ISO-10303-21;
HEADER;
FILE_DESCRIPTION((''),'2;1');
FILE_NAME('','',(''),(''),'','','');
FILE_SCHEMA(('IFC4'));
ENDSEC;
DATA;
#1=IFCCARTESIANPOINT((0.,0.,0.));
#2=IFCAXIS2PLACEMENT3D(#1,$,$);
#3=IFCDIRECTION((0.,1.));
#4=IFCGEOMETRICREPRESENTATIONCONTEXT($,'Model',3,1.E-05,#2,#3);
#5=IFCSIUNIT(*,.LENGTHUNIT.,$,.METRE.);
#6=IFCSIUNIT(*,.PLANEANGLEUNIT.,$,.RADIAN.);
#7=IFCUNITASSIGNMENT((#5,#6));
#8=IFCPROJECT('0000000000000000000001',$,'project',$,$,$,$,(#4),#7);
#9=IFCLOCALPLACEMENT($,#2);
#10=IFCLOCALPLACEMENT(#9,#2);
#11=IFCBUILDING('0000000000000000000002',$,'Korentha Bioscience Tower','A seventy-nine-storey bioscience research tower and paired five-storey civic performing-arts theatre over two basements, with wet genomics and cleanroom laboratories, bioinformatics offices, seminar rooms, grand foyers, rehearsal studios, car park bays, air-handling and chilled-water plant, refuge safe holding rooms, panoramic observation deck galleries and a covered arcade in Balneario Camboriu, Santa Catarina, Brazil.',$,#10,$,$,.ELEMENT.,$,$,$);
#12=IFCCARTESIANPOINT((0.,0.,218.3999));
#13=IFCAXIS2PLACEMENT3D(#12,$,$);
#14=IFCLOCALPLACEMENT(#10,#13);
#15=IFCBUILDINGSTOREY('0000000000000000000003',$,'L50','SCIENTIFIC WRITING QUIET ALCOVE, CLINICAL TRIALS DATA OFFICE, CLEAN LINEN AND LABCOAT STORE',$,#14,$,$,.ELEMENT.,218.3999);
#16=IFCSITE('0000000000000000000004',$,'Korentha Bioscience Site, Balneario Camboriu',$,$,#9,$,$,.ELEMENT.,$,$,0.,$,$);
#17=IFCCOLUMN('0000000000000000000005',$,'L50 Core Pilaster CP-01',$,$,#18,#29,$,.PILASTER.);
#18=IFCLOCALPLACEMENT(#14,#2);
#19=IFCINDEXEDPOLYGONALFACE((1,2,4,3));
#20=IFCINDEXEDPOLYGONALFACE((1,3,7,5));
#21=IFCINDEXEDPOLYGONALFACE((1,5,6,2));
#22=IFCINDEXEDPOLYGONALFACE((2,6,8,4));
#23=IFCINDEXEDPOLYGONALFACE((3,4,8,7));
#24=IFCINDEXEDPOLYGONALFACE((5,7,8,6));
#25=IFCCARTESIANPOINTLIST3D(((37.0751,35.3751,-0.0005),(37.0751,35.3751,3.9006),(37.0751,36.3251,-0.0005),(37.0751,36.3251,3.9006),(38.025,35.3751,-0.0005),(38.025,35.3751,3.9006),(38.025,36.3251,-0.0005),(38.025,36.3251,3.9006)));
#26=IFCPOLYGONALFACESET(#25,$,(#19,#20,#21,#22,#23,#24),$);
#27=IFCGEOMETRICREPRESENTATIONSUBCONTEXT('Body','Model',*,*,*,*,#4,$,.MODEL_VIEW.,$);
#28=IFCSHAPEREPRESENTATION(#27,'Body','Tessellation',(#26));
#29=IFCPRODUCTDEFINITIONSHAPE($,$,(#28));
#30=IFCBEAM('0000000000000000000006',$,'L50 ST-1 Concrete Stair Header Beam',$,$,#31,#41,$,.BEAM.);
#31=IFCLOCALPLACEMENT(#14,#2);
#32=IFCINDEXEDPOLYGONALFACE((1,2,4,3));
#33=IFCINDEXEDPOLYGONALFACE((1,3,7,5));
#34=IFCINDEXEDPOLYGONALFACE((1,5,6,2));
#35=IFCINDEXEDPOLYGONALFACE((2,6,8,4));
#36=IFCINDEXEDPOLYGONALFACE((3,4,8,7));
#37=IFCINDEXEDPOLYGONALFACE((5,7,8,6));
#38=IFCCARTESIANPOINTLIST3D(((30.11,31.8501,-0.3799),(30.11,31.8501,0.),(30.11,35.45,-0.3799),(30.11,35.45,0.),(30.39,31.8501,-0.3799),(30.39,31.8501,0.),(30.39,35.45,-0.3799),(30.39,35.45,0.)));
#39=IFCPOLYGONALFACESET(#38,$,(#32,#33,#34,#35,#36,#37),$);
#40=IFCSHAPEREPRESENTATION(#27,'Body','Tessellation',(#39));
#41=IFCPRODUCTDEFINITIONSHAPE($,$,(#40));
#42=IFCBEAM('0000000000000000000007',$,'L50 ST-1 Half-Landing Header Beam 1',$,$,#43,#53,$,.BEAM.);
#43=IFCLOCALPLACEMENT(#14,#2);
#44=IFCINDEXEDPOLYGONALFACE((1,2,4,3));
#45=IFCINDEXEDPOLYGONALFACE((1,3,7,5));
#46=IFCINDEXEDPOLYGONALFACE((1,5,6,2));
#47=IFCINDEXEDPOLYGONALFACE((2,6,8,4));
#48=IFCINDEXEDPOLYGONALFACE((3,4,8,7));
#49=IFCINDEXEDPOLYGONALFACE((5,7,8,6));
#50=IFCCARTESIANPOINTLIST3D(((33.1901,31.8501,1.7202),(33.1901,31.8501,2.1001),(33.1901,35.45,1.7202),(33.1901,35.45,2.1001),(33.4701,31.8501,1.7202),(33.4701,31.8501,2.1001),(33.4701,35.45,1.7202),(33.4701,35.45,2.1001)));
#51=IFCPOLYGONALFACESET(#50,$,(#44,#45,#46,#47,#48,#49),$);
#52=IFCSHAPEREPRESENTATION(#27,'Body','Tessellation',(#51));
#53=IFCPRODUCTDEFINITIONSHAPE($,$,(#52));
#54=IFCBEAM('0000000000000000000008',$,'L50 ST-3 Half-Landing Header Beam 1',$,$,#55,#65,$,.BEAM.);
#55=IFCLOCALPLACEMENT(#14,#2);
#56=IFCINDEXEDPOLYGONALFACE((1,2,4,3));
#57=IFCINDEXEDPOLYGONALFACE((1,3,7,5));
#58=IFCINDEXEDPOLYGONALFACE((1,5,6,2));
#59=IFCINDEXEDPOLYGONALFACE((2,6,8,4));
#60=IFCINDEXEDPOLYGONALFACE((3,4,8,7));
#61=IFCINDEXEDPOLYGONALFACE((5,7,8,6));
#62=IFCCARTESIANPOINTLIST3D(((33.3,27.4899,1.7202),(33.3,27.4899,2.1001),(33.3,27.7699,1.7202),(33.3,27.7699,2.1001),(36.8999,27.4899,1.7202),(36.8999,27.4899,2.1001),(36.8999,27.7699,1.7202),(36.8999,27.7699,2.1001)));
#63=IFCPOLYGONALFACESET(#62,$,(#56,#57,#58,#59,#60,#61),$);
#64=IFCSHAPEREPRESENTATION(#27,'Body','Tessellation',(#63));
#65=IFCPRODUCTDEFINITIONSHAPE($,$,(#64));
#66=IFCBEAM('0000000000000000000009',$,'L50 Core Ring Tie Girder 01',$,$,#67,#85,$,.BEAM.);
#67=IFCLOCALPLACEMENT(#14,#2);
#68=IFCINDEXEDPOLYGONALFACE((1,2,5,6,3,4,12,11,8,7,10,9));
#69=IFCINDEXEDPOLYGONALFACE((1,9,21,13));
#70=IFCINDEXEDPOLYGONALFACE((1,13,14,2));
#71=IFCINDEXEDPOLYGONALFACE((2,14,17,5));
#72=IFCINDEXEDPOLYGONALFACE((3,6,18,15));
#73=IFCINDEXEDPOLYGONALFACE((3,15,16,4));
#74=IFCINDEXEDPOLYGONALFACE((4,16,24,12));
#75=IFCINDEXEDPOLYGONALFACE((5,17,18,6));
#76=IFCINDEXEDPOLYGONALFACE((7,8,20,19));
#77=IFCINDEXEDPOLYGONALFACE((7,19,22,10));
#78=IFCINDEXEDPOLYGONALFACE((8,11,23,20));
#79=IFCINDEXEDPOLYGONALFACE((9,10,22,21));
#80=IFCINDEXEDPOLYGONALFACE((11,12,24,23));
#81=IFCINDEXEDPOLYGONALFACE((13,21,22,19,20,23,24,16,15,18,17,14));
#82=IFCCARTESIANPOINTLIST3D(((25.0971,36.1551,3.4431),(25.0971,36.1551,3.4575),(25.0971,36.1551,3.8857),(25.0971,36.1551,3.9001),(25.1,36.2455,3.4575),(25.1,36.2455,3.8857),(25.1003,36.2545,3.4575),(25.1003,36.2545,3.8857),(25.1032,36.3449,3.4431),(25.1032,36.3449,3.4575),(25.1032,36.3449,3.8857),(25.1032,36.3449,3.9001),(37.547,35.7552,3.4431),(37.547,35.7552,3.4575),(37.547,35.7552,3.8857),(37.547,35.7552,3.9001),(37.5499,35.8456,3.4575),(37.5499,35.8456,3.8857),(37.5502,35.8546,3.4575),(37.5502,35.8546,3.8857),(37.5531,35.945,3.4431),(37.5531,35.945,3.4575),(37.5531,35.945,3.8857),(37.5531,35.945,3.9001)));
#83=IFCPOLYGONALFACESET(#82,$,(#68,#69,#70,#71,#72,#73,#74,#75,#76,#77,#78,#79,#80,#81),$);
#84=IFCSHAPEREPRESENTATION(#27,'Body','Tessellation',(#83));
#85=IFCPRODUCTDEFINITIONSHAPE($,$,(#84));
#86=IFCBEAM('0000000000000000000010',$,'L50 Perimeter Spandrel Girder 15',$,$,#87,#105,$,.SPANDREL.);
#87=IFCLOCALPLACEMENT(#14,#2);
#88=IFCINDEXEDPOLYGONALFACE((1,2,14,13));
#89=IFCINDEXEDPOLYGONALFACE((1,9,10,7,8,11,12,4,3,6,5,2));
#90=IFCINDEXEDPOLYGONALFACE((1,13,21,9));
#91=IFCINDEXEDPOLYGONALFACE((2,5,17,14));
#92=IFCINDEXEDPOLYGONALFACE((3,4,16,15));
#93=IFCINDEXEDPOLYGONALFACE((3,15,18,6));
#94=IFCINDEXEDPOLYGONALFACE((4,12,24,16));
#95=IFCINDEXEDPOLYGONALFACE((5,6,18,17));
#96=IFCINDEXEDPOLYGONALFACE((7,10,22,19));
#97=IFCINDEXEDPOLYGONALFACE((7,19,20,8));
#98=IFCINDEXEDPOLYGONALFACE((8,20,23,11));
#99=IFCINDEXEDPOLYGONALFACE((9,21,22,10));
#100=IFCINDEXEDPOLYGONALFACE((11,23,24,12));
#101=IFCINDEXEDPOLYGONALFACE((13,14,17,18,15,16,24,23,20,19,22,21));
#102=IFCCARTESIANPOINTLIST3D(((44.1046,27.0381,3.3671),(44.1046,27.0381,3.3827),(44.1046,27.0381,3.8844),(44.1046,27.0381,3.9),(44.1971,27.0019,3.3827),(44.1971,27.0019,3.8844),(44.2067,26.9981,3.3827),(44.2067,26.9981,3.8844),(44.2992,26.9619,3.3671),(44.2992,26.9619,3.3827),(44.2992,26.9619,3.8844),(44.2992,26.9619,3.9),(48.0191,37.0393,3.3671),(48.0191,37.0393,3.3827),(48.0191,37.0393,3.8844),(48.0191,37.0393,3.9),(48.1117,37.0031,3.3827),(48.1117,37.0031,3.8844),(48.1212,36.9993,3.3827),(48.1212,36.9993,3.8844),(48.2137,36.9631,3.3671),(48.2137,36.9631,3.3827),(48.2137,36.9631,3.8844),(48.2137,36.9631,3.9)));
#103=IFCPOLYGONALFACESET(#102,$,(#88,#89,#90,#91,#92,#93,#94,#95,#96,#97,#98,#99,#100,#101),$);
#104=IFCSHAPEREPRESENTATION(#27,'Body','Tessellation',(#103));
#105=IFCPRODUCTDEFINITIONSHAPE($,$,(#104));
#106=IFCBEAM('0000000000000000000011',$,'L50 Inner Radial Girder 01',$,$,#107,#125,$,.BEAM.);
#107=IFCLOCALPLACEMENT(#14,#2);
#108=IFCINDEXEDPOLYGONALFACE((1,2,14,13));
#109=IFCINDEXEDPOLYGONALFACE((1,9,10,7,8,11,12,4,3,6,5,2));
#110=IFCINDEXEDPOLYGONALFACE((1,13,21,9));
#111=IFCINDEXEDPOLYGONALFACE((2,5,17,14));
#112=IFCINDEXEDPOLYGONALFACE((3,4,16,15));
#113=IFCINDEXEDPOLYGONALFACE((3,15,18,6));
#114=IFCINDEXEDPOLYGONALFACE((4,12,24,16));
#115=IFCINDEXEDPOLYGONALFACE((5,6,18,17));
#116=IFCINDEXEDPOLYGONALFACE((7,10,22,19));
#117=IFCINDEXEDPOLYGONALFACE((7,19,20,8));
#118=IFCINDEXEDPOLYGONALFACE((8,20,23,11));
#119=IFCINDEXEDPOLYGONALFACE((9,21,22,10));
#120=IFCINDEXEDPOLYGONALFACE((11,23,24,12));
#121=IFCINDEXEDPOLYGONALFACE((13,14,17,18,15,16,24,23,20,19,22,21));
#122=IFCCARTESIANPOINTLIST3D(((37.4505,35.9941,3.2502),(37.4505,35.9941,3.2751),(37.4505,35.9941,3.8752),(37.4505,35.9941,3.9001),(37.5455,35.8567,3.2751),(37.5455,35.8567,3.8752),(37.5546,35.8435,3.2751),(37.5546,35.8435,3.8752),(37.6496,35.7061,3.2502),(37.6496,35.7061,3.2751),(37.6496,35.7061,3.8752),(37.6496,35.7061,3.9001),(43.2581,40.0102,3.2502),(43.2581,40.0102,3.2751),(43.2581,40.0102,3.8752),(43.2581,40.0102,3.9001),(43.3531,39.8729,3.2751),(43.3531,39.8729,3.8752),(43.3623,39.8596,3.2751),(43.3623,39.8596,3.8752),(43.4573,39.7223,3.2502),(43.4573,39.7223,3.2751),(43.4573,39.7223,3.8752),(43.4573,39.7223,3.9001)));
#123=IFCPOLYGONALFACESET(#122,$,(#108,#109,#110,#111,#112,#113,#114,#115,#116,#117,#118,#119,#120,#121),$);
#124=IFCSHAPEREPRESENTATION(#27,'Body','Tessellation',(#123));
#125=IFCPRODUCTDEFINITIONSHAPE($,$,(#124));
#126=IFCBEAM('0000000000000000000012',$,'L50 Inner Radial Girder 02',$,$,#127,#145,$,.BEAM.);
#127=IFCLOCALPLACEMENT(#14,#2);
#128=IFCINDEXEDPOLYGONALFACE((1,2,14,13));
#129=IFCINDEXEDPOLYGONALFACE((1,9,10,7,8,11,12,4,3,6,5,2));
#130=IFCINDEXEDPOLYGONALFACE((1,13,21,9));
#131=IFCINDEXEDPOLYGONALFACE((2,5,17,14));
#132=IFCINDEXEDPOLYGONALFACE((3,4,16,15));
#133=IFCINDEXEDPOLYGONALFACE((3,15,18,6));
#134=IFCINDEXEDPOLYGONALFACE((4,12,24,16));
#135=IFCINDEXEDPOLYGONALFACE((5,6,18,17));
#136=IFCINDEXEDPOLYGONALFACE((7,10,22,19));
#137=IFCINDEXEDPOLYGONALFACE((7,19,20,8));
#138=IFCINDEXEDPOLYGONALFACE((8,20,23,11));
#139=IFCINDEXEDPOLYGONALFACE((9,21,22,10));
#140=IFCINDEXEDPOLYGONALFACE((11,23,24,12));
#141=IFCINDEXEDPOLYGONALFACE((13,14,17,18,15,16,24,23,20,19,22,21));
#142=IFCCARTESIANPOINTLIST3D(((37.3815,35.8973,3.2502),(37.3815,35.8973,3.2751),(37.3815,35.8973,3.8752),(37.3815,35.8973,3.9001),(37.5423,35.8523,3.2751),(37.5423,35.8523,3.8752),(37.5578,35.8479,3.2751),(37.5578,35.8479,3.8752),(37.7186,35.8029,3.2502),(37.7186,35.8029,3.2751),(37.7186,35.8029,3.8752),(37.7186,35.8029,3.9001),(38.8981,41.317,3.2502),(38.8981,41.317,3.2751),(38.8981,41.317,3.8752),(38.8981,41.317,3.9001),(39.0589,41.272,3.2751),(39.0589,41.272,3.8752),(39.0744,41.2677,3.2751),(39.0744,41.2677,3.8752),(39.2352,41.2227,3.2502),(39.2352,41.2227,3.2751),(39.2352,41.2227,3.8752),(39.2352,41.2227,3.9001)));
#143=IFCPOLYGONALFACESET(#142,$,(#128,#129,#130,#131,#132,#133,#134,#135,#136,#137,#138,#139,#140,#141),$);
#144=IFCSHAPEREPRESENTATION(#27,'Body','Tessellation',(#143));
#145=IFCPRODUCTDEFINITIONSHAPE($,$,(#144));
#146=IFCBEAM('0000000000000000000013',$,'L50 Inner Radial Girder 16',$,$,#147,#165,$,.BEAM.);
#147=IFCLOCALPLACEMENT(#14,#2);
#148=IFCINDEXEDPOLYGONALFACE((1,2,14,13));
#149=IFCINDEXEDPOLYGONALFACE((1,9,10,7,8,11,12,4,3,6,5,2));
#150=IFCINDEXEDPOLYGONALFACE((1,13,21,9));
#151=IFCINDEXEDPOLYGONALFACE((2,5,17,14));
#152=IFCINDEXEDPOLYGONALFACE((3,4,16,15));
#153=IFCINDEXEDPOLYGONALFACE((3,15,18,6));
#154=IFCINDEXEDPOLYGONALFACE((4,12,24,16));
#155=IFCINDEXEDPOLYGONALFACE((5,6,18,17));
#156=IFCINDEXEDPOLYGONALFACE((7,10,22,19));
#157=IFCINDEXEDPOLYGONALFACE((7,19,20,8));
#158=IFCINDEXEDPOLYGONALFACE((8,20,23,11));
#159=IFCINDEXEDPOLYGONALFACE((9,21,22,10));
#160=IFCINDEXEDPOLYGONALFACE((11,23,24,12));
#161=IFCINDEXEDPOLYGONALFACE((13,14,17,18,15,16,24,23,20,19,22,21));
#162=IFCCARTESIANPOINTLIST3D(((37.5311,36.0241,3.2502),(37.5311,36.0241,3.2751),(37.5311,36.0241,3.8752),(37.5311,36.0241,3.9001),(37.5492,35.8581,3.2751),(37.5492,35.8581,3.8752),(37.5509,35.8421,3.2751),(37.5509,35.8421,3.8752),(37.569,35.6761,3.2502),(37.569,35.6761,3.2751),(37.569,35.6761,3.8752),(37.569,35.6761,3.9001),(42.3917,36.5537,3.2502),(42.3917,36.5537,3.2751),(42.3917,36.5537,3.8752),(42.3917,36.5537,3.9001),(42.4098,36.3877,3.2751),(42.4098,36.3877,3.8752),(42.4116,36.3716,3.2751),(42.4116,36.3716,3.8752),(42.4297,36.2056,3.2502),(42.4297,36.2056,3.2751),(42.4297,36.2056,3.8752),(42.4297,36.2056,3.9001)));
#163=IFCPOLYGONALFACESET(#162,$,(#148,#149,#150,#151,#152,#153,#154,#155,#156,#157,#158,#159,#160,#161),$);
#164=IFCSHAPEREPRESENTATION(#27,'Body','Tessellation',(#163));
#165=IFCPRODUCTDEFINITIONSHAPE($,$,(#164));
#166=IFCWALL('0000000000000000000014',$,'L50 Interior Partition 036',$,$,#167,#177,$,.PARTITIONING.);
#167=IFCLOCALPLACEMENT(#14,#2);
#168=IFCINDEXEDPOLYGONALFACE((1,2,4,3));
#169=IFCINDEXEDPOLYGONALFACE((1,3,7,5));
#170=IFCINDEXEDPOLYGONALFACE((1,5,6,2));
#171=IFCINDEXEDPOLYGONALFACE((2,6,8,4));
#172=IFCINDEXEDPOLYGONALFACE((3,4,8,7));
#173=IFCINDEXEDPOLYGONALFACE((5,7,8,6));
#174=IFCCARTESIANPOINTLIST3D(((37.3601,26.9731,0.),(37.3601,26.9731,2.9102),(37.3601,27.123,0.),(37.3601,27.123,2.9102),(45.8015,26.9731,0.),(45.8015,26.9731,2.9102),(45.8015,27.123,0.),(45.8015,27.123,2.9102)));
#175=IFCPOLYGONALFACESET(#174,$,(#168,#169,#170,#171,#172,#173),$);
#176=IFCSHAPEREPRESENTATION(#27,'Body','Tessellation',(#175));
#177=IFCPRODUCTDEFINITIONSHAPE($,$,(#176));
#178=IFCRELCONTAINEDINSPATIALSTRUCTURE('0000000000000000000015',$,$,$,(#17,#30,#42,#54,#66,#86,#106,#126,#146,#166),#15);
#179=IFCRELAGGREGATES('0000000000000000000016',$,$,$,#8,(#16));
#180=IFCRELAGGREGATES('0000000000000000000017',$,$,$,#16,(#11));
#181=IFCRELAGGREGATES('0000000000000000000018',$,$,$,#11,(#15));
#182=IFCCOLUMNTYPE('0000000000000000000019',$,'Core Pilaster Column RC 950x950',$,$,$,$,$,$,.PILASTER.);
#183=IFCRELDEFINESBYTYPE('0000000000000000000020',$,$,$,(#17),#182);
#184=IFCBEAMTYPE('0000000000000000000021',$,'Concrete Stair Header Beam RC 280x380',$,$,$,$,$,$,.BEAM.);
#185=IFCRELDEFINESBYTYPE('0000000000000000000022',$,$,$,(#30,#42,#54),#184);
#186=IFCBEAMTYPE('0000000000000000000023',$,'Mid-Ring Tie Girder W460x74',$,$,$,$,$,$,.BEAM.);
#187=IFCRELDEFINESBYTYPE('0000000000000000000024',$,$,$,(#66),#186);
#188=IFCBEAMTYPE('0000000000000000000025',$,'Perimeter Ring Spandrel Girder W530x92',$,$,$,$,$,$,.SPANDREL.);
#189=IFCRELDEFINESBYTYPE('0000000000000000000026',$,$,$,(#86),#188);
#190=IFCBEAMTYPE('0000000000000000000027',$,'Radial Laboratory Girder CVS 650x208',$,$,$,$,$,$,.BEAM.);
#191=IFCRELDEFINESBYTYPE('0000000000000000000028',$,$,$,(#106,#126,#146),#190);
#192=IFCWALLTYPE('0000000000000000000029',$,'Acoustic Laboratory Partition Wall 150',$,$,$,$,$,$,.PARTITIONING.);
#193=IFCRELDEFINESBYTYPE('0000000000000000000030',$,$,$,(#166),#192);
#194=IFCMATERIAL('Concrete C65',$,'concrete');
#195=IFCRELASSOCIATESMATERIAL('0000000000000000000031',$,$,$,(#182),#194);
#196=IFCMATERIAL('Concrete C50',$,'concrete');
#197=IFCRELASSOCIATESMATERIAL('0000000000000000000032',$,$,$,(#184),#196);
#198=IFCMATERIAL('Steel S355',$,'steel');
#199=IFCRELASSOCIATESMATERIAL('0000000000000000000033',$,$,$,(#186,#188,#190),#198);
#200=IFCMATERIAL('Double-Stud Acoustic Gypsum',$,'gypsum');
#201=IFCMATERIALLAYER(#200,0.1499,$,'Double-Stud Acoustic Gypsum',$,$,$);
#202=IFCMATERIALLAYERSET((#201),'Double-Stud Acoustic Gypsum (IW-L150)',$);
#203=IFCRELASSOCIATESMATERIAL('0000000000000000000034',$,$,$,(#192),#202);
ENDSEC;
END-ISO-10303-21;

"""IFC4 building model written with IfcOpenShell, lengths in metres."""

from ifc_helpers import new_model, si_unit, direction, frame, frame_2d, origin, origin_2d, place, context, subcontext, project, spatial, rectangle, i_section, extrude, material, layer, layer_set, material_profile, profile_set, type_object, element, save


model = new_model("IFC4")

# Units and contexts
model_context = context("Model", 3, precision=1e-05, world=origin(), true_north=direction((0.0, 1.0)))
body_context = subcontext(model_context, "Body", "Model", "MODEL_VIEW")
ifc_project = project(units=[si_unit("LENGTHUNIT", "METRE"), si_unit("PLANEANGLEUNIT", "RADIAN")], contexts=[model_context])

# Site, building, storey
site_placement = place(None, origin())
site = spatial("IfcSite", under=ifc_project, at=site_placement, Name="Korentha Bioscience Site, Balneario Camboriu", CompositionType="ELEMENT", RefElevation=0.0)
building_placement = place(site_placement, origin())
building = spatial("IfcBuilding", under=site, at=building_placement, Name="Korentha Bioscience Tower", Description="A seventy-nine-storey bioscience research tower and paired five-storey civic performing-arts theatre over two basements, with wet genomics and cleanroom laboratories, bioinformatics offices, seminar rooms, grand foyers, rehearsal studios, car park bays, air-handling and chilled-water plant, refuge safe holding rooms, panoramic observation deck galleries and a covered arcade in Balneario Camboriu, Santa Catarina, Brazil.", CompositionType="ELEMENT")
storey_placement = place(building_placement, frame((0.0, 0.0, 218.3999)))
storey = spatial("IfcBuildingStorey", under=building, at=storey_placement, Name="L50", Description="SCIENTIFIC WRITING QUIET ALCOVE, CLINICAL TRIALS DATA OFFICE, CLEAN LINEN AND LABCOAT STORE", CompositionType="ELEMENT", Elevation=218.3999)

# Column
ifc_material_1 = material(Name="Concrete C65", Category="concrete")
ifc_material_profile_1 = material_profile(ifc_material_1, rectangle(XDim=0.95, YDim=0.95, at=origin_2d()), Name="Concrete C65")
ifc_profile_set_1 = profile_set([ifc_material_profile_1], Name="Concrete C65 (COL-CP09)")
column_type = type_object("IfcColumnType", Name="Core Pilaster Column RC 950x950", PredefinedType="PILASTER", material=ifc_profile_set_1)
column_placement = place(storey_placement, frame((37.55, 35.8501, -0.0005), z_axis=(0.0, 0.0, 1.0), x_axis=(1.0, 0.0, 0.0)))
element("IfcColumn", 1, at=column_placement, inside=storey, type_object=column_type, Name="L50 Core Pilaster CP-01", PredefinedType="PILASTER", context=body_context, shape_type="SweptSolid", body=[
    extrude(rectangle(XDim=0.95, YDim=0.95, at=origin_2d()), origin(), (0.0, 0.0, 1.0), 3.9011),
])

# Beams
ifc_material_2 = material(Name="Concrete C50", Category="concrete")
ifc_material_profile_2 = material_profile(ifc_material_2, rectangle(XDim=0.28, YDim=0.3799, at=origin_2d()), Name="Concrete C50")
ifc_profile_set_2 = profile_set([ifc_material_profile_2], Name="Concrete C50 (ST-HB380)")
beam_type_1 = type_object("IfcBeamType", Name="Concrete Stair Header Beam RC 280x380", PredefinedType="BEAM", material=ifc_profile_set_2)
for number, where, z_axis, x_axis, name in (
    (2, (30.25, 31.8501, -0.1899), (0.0, 1.0, 0.0), (-1.0, 0.0, 0.0), "L50 ST-1 Concrete Stair Header Beam"),
    (3, (33.3301, 31.8501, 1.9102), (0.0, 1.0, 0.0), (-1.0, 0.0, 0.0), "L50 ST-1 Half-Landing Header Beam 1"),
    (4, (36.8999, 27.6299, 1.9102), (-1.0, 0.0, 0.0), (0.0, -1.0, 0.0), "L50 ST-3 Half-Landing Header Beam 1"),
):
    element("IfcBeam", number, at=place(storey_placement, frame(where, z_axis=z_axis, x_axis=x_axis)), inside=storey, type_object=beam_type_1, Name=name, PredefinedType="BEAM", context=body_context, shape_type="SweptSolid", body=[
        extrude(rectangle(XDim=0.28, YDim=0.3799, at=origin_2d()), origin(), (0.0, 0.0, 1.0), 3.5999),
    ])
ifc_material_3 = material(Name="Steel S355", Category="steel")
ifc_material_profile_3 = material_profile(ifc_material_3, i_section(OverallWidth=0.1899, OverallDepth=0.457, WebThickness=0.009, FlangeThickness=0.0144, at=origin_2d()), Name="Steel S355")
ifc_profile_set_3 = profile_set([ifc_material_profile_3], Name="Steel S355 (MB-460)")
beam_type_2 = type_object("IfcBeamType", Name="Mid-Ring Tie Girder W460x74", PredefinedType="BEAM", material=ifc_profile_set_3)
beam_1_placement = place(storey_placement, frame((37.55, 35.8501, 3.6716), z_axis=(-0.999485, 0.032104, 0.0), x_axis=(-0.032104, -0.999485, 0.0)))
element("IfcBeam", 5, at=beam_1_placement, inside=storey, type_object=beam_type_2, Name="L50 Core Ring Tie Girder 01", PredefinedType="BEAM", context=body_context, shape_type="SweptSolid", body=[
    extrude(i_section(OverallWidth=0.1899, OverallDepth=0.457, WebThickness=0.009, FlangeThickness=0.0144, at=origin_2d()), origin(), (0.0, 0.0, 1.0), 12.4563),
])
ifc_material_profile_4 = material_profile(ifc_material_3, i_section(OverallWidth=0.209, OverallDepth=0.533, WebThickness=0.0103, FlangeThickness=0.0156, at=origin_2d()), Name="Steel S355")
ifc_profile_set_4 = profile_set([ifc_material_profile_4], Name="Steel S355 (SB-530)")
beam_type_3 = type_object("IfcBeamType", Name="Perimeter Ring Spandrel Girder W530x92", PredefinedType="SPANDREL", material=ifc_profile_set_4)
beam_2_placement = place(storey_placement, frame((44.2019, 27.0, 3.6335), z_axis=(0.364482, 0.93121, 0.0), x_axis=(-0.93121, 0.364482, 0.0)))
element("IfcBeam", 6, at=beam_2_placement, inside=storey, type_object=beam_type_3, Name="L50 Perimeter Spandrel Girder 15", PredefinedType="SPANDREL", context=body_context, shape_type="SweptSolid", body=[
    extrude(i_section(OverallWidth=0.209, OverallDepth=0.533, WebThickness=0.0103, FlangeThickness=0.0156, at=origin_2d()), origin(), (0.0, 0.0, 1.0), 10.74),
])
ifc_material_profile_5 = material_profile(ifc_material_3, i_section(OverallWidth=0.3501, OverallDepth=0.6499, WebThickness=0.0161, FlangeThickness=0.0249, at=origin_2d()), Name="Steel S355")
ifc_profile_set_5 = profile_set([ifc_material_profile_5], Name="Steel S355 (RB-650)")
beam_type_4 = type_object("IfcBeamType", Name="Radial Laboratory Girder CVS 650x208", PredefinedType="BEAM", material=ifc_profile_set_5)
beam_3_placement = place(storey_placement, frame((37.55, 35.8501, 3.5752), z_axis=(0.822493, 0.568775, 0.0), x_axis=(-0.568775, 0.822493, 0.0)))
element("IfcBeam", 7, at=beam_3_placement, inside=storey, type_object=beam_type_4, Name="L50 Inner Radial Girder 01", PredefinedType="BEAM", context=body_context, shape_type="SweptSolid", body=[
    extrude(i_section(OverallWidth=0.3501, OverallDepth=0.6499, WebThickness=0.0161, FlangeThickness=0.0249, at=origin_2d()), origin(), (0.0, 0.0, 1.0), 7.061),
])
beam_4_placement = place(storey_placement, frame((37.55, 35.8501, 3.5752), z_axis=(0.26948, 0.963006, 0.0), x_axis=(-0.963006, 0.26948, 0.0)))
element("IfcBeam", 8, at=beam_4_placement, inside=storey, type_object=beam_type_4, Name="L50 Inner Radial Girder 02", PredefinedType="BEAM", context=body_context, shape_type="SweptSolid", body=[
    extrude(i_section(OverallWidth=0.3501, OverallDepth=0.6499, WebThickness=0.0161, FlangeThickness=0.0249, at=origin_2d()), origin(), (0.0, 0.0, 1.0), 5.6279),
])
beam_5_placement = place(storey_placement, frame((37.55, 35.8501, 3.5752), z_axis=(0.994118, 0.108305, 0.0), x_axis=(-0.108305, 0.994118, 0.0)))
element("IfcBeam", 9, at=beam_5_placement, inside=storey, type_object=beam_type_4, Name="L50 Inner Radial Girder 16", PredefinedType="BEAM", context=body_context, shape_type="SweptSolid", body=[
    extrude(i_section(OverallWidth=0.3501, OverallDepth=0.6499, WebThickness=0.0161, FlangeThickness=0.0249, at=origin_2d()), origin(), (0.0, 0.0, 1.0), 4.8894),
])

# Wall
ifc_material_4 = material(Name="Double-Stud Acoustic Gypsum", Category="gypsum")
ifc_layer_1 = layer(ifc_material_4, 0.1499, Name="Double-Stud Acoustic Gypsum")
ifc_layer_set_1 = layer_set([ifc_layer_1], Name="Double-Stud Acoustic Gypsum (IW-L150)")
wall_type_1 = type_object("IfcWallType", Name="Acoustic Laboratory Partition Wall 150", PredefinedType="PARTITIONING", material=ifc_layer_set_1)
wall_1_placement = place(storey_placement, frame((37.3601, 27.0481, 0.0), z_axis=(0.0, 0.0, 1.0), x_axis=(1.0, 0.0, 0.0)))
element("IfcWall", 10, at=wall_1_placement, inside=storey, type_object=wall_type_1, Name="L50 Interior Partition 036", PredefinedType="PARTITIONING", context=body_context, shape_type="SweptSolid", body=[
    extrude(rectangle(XDim=8.4414, YDim=0.1499, at=frame_2d((4.2207, 0.0))), origin(), (0.0, 0.0, 1.0), 2.9102),
])

save(model, "model.ifc")
